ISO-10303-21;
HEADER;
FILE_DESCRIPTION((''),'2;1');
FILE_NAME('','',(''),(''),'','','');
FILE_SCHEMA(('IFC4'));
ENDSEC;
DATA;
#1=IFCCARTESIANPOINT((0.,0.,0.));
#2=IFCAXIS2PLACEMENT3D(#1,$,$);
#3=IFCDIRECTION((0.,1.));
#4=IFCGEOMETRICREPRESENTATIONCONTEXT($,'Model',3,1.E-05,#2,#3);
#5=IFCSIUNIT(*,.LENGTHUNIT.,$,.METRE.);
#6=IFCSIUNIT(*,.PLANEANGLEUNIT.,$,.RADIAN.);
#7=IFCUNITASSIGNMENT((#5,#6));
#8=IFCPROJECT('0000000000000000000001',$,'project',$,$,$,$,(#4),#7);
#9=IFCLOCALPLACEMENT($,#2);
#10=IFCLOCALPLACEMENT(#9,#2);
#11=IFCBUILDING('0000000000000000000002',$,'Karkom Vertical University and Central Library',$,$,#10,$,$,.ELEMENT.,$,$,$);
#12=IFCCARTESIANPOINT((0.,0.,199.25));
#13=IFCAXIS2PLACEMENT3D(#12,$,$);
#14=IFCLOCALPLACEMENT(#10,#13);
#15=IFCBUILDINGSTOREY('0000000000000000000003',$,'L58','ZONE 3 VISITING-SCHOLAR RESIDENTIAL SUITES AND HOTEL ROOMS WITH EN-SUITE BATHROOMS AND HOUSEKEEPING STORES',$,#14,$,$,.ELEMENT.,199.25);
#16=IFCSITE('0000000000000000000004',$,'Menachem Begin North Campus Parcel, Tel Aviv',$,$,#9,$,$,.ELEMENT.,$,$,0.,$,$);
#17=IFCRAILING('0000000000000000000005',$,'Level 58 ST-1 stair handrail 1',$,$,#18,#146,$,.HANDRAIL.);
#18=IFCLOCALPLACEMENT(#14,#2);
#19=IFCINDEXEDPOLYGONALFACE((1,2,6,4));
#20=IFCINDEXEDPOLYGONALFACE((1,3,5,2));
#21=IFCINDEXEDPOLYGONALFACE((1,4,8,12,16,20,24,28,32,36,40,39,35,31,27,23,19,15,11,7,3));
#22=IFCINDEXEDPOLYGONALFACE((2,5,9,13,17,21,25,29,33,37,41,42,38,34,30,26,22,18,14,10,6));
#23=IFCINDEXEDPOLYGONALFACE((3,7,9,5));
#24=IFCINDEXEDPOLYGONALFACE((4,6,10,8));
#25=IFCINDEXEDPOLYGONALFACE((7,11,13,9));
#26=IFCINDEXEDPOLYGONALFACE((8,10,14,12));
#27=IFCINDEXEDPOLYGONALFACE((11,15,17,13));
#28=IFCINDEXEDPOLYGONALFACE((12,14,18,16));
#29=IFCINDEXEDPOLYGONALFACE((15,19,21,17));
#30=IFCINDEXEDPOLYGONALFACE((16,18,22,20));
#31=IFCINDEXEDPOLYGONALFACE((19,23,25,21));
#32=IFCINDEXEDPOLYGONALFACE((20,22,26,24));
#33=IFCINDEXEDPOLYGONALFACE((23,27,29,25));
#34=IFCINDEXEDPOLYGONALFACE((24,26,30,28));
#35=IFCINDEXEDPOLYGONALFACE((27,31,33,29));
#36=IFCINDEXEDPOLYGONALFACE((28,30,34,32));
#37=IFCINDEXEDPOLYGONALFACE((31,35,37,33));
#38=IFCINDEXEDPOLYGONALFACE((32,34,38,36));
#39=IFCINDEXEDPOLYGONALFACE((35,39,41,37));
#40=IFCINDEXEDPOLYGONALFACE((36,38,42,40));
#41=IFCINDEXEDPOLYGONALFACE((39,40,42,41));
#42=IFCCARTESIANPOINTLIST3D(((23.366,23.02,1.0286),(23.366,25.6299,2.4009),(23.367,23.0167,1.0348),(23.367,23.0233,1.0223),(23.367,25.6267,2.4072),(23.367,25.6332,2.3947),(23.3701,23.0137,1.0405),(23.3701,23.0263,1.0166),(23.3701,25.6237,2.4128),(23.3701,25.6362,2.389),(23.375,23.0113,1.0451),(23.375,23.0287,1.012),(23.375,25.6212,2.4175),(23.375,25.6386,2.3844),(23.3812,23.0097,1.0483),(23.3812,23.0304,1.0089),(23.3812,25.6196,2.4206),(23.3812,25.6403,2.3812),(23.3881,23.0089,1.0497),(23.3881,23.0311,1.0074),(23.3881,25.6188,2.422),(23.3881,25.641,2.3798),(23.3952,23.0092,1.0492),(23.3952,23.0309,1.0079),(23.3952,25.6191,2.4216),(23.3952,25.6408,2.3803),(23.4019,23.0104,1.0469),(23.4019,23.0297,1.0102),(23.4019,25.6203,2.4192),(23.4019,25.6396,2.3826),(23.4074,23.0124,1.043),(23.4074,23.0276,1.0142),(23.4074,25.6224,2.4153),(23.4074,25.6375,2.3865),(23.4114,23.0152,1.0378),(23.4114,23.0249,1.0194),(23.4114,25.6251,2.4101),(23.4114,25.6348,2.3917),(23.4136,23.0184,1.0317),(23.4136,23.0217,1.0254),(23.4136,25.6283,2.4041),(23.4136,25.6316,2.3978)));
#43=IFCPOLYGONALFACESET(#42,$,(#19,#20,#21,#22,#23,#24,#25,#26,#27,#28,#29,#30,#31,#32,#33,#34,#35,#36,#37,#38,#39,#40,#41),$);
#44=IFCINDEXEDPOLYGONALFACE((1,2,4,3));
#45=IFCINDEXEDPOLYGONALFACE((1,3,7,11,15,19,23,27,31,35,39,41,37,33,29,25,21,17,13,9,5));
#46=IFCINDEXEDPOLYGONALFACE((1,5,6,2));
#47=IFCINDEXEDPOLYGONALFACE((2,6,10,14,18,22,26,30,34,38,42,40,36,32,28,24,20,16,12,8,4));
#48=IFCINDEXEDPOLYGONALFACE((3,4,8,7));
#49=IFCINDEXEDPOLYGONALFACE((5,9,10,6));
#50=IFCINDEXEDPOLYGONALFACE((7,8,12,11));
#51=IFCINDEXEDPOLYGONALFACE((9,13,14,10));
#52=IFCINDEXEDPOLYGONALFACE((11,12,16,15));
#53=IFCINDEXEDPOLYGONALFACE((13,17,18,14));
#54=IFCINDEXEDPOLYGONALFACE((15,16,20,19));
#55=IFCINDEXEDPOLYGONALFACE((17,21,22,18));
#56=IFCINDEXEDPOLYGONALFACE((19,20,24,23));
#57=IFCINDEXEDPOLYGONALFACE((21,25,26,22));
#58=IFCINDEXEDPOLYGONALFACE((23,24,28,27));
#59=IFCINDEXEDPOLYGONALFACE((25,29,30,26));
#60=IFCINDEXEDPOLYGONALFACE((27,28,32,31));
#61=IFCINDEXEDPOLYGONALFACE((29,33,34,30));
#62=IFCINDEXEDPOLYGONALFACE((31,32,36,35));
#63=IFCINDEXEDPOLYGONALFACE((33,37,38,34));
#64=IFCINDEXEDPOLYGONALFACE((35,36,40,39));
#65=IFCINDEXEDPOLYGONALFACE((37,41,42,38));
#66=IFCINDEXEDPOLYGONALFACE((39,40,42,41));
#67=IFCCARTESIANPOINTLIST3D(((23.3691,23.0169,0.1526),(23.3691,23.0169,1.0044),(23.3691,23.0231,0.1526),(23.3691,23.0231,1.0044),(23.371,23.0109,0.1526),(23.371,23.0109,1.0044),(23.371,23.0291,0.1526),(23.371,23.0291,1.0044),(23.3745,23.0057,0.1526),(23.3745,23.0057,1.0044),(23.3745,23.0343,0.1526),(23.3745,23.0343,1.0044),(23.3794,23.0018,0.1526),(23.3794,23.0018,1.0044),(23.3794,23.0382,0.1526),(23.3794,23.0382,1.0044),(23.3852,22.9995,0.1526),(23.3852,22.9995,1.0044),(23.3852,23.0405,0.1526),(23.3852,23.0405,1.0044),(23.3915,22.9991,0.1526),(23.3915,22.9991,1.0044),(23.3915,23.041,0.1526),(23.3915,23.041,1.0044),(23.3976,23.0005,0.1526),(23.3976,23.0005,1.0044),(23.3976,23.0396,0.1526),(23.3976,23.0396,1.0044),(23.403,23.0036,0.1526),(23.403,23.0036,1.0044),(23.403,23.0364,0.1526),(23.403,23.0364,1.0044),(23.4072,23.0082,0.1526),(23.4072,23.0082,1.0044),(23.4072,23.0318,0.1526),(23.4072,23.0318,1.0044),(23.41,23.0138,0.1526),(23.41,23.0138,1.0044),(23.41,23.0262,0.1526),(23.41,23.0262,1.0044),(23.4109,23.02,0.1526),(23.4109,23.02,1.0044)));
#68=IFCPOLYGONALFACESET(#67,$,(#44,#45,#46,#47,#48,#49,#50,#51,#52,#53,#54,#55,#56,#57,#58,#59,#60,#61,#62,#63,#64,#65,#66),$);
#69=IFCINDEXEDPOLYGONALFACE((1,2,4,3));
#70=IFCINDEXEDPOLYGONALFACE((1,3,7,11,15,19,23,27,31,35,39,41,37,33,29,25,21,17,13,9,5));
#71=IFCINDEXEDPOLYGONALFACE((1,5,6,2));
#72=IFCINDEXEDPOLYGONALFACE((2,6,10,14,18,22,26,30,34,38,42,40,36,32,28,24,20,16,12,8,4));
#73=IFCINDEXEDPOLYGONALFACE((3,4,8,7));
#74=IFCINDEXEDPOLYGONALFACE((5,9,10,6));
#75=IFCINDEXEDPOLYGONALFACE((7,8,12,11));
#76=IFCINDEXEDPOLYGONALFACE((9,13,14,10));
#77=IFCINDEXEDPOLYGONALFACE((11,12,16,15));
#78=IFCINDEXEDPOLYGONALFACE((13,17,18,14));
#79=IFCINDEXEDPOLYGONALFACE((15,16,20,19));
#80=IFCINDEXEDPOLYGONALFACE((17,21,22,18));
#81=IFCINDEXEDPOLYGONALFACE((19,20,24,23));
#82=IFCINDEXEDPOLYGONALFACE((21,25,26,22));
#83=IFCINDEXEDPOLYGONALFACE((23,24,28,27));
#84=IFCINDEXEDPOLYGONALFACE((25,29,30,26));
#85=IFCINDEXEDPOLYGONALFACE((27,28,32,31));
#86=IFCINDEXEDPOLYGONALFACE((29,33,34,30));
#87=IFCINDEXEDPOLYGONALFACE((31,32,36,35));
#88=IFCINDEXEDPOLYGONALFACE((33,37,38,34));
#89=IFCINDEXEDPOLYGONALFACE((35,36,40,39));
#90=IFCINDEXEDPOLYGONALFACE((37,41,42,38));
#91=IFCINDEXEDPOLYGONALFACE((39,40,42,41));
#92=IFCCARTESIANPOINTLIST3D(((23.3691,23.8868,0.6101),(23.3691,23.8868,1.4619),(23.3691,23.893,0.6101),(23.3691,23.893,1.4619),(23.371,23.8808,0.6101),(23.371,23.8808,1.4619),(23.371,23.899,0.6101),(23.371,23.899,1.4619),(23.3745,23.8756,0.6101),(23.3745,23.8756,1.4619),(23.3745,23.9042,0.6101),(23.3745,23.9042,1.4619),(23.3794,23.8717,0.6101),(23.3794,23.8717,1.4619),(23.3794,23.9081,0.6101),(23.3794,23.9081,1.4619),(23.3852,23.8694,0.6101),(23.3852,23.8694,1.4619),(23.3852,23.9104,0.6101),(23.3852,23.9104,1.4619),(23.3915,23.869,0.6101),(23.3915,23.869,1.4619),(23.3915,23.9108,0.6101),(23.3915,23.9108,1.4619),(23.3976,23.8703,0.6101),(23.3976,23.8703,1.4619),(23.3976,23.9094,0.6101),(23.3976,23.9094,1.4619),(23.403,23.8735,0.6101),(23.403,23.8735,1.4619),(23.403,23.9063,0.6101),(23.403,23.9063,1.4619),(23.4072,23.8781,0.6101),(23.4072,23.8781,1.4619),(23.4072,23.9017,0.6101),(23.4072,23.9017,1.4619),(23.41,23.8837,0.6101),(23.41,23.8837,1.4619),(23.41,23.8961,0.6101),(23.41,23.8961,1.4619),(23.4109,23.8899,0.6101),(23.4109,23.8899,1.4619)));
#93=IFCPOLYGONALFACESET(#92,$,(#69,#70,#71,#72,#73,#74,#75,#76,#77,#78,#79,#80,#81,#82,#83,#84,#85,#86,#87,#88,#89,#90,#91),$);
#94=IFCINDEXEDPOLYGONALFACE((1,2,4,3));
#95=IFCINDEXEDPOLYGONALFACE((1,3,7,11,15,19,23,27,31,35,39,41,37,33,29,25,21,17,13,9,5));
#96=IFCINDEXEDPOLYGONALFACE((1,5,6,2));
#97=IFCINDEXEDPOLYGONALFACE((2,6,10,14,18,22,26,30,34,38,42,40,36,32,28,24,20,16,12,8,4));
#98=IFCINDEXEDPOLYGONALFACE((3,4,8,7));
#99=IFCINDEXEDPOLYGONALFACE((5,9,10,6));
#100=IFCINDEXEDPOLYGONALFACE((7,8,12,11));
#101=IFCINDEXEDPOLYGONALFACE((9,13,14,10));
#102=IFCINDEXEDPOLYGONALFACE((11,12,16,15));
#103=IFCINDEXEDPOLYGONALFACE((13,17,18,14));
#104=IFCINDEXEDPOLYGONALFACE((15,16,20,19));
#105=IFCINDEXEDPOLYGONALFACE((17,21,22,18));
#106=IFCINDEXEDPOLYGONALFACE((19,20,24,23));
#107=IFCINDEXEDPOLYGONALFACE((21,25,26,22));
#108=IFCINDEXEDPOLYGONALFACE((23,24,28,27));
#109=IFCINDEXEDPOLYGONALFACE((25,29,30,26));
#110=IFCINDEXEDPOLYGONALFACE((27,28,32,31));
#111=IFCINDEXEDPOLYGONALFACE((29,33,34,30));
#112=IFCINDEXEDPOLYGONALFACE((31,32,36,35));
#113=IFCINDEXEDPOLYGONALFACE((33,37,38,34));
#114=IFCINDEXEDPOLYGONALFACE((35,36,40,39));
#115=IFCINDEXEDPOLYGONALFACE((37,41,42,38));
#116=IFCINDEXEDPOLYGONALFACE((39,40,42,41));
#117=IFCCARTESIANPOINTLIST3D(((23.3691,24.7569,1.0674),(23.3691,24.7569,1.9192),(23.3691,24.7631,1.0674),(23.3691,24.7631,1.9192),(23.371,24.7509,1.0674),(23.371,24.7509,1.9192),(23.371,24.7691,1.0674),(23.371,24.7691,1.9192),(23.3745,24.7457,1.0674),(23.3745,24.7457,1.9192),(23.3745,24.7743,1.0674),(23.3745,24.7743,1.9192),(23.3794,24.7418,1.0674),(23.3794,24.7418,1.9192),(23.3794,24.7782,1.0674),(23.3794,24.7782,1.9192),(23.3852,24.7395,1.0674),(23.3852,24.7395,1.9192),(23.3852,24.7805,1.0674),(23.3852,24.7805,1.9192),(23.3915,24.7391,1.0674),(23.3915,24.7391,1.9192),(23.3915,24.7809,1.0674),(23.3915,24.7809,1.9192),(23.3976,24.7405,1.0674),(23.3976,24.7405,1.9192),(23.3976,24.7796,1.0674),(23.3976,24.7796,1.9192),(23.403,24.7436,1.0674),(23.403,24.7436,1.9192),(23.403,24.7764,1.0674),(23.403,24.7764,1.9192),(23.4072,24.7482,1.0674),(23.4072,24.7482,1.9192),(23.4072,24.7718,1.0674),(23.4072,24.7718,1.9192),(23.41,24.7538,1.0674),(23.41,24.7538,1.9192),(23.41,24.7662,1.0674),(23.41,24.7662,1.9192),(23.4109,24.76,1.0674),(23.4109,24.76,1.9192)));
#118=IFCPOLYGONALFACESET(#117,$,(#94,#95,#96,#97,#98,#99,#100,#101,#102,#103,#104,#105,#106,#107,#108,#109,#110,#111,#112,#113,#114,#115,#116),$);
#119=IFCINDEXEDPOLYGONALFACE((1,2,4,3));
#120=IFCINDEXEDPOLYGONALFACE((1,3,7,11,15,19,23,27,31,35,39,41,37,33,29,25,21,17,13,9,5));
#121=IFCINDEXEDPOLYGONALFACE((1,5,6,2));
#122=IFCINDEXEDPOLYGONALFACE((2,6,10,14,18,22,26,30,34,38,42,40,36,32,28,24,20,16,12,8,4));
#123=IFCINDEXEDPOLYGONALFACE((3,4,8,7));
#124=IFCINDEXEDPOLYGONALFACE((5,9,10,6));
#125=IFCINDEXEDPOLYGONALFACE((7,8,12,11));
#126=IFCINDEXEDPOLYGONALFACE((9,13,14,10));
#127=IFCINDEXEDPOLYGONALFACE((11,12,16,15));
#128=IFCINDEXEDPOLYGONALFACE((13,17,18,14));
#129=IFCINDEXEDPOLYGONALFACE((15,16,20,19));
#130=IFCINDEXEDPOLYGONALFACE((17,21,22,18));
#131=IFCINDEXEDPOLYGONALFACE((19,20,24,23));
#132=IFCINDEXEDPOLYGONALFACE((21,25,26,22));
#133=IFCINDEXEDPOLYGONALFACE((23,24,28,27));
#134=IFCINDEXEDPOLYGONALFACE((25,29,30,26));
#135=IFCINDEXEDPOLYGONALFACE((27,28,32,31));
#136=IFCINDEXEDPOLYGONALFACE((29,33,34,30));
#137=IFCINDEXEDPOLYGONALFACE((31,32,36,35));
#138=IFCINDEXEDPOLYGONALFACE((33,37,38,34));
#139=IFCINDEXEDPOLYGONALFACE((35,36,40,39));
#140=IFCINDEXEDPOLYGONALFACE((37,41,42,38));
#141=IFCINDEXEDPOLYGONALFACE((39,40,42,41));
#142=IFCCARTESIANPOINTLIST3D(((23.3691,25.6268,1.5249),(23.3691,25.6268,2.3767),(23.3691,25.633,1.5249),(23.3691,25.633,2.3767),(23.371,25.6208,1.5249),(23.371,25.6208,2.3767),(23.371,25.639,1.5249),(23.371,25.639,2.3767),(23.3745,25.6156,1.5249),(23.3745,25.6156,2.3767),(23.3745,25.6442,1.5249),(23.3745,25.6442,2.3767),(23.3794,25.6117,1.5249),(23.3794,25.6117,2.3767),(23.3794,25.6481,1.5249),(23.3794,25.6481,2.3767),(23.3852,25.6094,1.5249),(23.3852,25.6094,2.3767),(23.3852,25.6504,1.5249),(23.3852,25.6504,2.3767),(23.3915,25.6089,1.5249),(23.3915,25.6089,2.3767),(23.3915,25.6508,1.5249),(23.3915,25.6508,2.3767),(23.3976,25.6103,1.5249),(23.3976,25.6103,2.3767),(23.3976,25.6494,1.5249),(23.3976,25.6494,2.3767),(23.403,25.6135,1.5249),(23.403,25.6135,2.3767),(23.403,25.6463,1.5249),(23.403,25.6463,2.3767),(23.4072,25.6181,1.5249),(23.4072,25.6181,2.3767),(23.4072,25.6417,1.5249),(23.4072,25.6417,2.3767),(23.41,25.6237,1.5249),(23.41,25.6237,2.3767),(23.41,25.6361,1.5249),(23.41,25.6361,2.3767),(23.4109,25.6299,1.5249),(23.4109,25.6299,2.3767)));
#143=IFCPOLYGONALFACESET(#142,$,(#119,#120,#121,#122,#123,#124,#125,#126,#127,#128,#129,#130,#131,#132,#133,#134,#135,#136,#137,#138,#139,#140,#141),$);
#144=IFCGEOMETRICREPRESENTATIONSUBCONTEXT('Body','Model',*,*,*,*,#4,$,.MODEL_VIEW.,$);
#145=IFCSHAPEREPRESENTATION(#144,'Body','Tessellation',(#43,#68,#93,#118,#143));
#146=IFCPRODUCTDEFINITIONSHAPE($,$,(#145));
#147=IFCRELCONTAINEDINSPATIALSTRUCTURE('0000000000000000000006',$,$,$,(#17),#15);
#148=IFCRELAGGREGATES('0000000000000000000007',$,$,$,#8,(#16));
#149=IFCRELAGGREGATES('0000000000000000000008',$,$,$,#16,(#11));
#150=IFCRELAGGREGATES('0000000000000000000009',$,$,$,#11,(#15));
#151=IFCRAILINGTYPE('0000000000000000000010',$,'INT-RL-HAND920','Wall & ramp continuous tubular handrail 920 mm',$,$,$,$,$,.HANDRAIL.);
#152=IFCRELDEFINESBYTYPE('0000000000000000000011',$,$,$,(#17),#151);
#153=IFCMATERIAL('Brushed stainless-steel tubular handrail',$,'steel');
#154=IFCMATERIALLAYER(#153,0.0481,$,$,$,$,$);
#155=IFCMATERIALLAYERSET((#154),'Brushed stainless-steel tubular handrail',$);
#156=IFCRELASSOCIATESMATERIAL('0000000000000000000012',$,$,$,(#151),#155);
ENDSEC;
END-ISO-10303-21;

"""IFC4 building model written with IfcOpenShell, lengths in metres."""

from ifc_helpers import new_model, si_unit, direction, frame, origin, origin_2d, place, context, subcontext, project, spatial, circle, extrude, material, layer, layer_set, type_object, element, save


model = new_model("IFC4")

# Units and contexts
model_context = context("Model", 3, precision=1e-05, world=origin(), true_north=direction((0.0, 1.0)))
body_context = subcontext(model_context, "Body", "Model", "MODEL_VIEW")
ifc_project = project(units=[si_unit("LENGTHUNIT", "METRE"), si_unit("PLANEANGLEUNIT", "RADIAN")], contexts=[model_context])

# Site, building, storey
site_placement = place(None, origin())
site = spatial("IfcSite", under=ifc_project, at=site_placement, Name="Menachem Begin North Campus Parcel, Tel Aviv", CompositionType="ELEMENT", RefElevation=0.0)
building_placement = place(site_placement, origin())
building = spatial("IfcBuilding", under=site, at=building_placement, Name="Karkom Vertical University and Central Library", CompositionType="ELEMENT")
storey_placement = place(building_placement, frame((0.0, 0.0, 199.25)))
storey = spatial("IfcBuildingStorey", under=building, at=storey_placement, Name="L58", Description="ZONE 3 VISITING-SCHOLAR RESIDENTIAL SUITES AND HOTEL ROOMS WITH EN-SUITE BATHROOMS AND HOUSEKEEPING STORES", CompositionType="ELEMENT", Elevation=199.25)

# Railing
ifc_material_1 = material(Name="Brushed stainless-steel tubular handrail", Category="steel")
ifc_layer_1 = layer(ifc_material_1, 0.0481)
ifc_layer_set_1 = layer_set([ifc_layer_1], Name="Brushed stainless-steel tubular handrail")
railing_type_1 = type_object("IfcRailingType", Name="INT-RL-HAND920", Description="Wall & ramp continuous tubular handrail 920 mm", PredefinedType="HANDRAIL", material=ifc_layer_set_1)
railing_1_placement = place(storey_placement, frame((23.3899, 23.02, 0.1526)))
element("IfcRailing", 1, at=railing_1_placement, inside=storey, type_object=railing_type_1, Name="Level 58 ST-1 stair handrail 1", PredefinedType="HANDRAIL", context=body_context, shape_type="SweptSolid", body=[
    extrude(circle(Radius=0.0239, at=origin_2d()), frame((0.0, 0.0, 0.876), z_axis=(0.0, 0.8851, 0.465402), x_axis=(-1.0, 0.0, 0.0)), (0.0, 0.0, 1.0), 2.9487),
    extrude(circle(Radius=0.021, at=origin_2d()), origin(), (0.0, 0.0, 1.0), 0.8518),
    extrude(circle(Radius=0.021, at=origin_2d()), frame((0.0, 0.8699, 0.4575)), (0.0, 0.0, 1.0), 0.8518),
    extrude(circle(Radius=0.021, at=origin_2d()), frame((0.0, 1.74, 0.9148)), (0.0, 0.0, 1.0), 0.8518),
    extrude(circle(Radius=0.021, at=origin_2d()), frame((0.0, 2.6099, 1.3723)), (0.0, 0.0, 1.0), 0.8518),
])

save(model, "model.ifc")
